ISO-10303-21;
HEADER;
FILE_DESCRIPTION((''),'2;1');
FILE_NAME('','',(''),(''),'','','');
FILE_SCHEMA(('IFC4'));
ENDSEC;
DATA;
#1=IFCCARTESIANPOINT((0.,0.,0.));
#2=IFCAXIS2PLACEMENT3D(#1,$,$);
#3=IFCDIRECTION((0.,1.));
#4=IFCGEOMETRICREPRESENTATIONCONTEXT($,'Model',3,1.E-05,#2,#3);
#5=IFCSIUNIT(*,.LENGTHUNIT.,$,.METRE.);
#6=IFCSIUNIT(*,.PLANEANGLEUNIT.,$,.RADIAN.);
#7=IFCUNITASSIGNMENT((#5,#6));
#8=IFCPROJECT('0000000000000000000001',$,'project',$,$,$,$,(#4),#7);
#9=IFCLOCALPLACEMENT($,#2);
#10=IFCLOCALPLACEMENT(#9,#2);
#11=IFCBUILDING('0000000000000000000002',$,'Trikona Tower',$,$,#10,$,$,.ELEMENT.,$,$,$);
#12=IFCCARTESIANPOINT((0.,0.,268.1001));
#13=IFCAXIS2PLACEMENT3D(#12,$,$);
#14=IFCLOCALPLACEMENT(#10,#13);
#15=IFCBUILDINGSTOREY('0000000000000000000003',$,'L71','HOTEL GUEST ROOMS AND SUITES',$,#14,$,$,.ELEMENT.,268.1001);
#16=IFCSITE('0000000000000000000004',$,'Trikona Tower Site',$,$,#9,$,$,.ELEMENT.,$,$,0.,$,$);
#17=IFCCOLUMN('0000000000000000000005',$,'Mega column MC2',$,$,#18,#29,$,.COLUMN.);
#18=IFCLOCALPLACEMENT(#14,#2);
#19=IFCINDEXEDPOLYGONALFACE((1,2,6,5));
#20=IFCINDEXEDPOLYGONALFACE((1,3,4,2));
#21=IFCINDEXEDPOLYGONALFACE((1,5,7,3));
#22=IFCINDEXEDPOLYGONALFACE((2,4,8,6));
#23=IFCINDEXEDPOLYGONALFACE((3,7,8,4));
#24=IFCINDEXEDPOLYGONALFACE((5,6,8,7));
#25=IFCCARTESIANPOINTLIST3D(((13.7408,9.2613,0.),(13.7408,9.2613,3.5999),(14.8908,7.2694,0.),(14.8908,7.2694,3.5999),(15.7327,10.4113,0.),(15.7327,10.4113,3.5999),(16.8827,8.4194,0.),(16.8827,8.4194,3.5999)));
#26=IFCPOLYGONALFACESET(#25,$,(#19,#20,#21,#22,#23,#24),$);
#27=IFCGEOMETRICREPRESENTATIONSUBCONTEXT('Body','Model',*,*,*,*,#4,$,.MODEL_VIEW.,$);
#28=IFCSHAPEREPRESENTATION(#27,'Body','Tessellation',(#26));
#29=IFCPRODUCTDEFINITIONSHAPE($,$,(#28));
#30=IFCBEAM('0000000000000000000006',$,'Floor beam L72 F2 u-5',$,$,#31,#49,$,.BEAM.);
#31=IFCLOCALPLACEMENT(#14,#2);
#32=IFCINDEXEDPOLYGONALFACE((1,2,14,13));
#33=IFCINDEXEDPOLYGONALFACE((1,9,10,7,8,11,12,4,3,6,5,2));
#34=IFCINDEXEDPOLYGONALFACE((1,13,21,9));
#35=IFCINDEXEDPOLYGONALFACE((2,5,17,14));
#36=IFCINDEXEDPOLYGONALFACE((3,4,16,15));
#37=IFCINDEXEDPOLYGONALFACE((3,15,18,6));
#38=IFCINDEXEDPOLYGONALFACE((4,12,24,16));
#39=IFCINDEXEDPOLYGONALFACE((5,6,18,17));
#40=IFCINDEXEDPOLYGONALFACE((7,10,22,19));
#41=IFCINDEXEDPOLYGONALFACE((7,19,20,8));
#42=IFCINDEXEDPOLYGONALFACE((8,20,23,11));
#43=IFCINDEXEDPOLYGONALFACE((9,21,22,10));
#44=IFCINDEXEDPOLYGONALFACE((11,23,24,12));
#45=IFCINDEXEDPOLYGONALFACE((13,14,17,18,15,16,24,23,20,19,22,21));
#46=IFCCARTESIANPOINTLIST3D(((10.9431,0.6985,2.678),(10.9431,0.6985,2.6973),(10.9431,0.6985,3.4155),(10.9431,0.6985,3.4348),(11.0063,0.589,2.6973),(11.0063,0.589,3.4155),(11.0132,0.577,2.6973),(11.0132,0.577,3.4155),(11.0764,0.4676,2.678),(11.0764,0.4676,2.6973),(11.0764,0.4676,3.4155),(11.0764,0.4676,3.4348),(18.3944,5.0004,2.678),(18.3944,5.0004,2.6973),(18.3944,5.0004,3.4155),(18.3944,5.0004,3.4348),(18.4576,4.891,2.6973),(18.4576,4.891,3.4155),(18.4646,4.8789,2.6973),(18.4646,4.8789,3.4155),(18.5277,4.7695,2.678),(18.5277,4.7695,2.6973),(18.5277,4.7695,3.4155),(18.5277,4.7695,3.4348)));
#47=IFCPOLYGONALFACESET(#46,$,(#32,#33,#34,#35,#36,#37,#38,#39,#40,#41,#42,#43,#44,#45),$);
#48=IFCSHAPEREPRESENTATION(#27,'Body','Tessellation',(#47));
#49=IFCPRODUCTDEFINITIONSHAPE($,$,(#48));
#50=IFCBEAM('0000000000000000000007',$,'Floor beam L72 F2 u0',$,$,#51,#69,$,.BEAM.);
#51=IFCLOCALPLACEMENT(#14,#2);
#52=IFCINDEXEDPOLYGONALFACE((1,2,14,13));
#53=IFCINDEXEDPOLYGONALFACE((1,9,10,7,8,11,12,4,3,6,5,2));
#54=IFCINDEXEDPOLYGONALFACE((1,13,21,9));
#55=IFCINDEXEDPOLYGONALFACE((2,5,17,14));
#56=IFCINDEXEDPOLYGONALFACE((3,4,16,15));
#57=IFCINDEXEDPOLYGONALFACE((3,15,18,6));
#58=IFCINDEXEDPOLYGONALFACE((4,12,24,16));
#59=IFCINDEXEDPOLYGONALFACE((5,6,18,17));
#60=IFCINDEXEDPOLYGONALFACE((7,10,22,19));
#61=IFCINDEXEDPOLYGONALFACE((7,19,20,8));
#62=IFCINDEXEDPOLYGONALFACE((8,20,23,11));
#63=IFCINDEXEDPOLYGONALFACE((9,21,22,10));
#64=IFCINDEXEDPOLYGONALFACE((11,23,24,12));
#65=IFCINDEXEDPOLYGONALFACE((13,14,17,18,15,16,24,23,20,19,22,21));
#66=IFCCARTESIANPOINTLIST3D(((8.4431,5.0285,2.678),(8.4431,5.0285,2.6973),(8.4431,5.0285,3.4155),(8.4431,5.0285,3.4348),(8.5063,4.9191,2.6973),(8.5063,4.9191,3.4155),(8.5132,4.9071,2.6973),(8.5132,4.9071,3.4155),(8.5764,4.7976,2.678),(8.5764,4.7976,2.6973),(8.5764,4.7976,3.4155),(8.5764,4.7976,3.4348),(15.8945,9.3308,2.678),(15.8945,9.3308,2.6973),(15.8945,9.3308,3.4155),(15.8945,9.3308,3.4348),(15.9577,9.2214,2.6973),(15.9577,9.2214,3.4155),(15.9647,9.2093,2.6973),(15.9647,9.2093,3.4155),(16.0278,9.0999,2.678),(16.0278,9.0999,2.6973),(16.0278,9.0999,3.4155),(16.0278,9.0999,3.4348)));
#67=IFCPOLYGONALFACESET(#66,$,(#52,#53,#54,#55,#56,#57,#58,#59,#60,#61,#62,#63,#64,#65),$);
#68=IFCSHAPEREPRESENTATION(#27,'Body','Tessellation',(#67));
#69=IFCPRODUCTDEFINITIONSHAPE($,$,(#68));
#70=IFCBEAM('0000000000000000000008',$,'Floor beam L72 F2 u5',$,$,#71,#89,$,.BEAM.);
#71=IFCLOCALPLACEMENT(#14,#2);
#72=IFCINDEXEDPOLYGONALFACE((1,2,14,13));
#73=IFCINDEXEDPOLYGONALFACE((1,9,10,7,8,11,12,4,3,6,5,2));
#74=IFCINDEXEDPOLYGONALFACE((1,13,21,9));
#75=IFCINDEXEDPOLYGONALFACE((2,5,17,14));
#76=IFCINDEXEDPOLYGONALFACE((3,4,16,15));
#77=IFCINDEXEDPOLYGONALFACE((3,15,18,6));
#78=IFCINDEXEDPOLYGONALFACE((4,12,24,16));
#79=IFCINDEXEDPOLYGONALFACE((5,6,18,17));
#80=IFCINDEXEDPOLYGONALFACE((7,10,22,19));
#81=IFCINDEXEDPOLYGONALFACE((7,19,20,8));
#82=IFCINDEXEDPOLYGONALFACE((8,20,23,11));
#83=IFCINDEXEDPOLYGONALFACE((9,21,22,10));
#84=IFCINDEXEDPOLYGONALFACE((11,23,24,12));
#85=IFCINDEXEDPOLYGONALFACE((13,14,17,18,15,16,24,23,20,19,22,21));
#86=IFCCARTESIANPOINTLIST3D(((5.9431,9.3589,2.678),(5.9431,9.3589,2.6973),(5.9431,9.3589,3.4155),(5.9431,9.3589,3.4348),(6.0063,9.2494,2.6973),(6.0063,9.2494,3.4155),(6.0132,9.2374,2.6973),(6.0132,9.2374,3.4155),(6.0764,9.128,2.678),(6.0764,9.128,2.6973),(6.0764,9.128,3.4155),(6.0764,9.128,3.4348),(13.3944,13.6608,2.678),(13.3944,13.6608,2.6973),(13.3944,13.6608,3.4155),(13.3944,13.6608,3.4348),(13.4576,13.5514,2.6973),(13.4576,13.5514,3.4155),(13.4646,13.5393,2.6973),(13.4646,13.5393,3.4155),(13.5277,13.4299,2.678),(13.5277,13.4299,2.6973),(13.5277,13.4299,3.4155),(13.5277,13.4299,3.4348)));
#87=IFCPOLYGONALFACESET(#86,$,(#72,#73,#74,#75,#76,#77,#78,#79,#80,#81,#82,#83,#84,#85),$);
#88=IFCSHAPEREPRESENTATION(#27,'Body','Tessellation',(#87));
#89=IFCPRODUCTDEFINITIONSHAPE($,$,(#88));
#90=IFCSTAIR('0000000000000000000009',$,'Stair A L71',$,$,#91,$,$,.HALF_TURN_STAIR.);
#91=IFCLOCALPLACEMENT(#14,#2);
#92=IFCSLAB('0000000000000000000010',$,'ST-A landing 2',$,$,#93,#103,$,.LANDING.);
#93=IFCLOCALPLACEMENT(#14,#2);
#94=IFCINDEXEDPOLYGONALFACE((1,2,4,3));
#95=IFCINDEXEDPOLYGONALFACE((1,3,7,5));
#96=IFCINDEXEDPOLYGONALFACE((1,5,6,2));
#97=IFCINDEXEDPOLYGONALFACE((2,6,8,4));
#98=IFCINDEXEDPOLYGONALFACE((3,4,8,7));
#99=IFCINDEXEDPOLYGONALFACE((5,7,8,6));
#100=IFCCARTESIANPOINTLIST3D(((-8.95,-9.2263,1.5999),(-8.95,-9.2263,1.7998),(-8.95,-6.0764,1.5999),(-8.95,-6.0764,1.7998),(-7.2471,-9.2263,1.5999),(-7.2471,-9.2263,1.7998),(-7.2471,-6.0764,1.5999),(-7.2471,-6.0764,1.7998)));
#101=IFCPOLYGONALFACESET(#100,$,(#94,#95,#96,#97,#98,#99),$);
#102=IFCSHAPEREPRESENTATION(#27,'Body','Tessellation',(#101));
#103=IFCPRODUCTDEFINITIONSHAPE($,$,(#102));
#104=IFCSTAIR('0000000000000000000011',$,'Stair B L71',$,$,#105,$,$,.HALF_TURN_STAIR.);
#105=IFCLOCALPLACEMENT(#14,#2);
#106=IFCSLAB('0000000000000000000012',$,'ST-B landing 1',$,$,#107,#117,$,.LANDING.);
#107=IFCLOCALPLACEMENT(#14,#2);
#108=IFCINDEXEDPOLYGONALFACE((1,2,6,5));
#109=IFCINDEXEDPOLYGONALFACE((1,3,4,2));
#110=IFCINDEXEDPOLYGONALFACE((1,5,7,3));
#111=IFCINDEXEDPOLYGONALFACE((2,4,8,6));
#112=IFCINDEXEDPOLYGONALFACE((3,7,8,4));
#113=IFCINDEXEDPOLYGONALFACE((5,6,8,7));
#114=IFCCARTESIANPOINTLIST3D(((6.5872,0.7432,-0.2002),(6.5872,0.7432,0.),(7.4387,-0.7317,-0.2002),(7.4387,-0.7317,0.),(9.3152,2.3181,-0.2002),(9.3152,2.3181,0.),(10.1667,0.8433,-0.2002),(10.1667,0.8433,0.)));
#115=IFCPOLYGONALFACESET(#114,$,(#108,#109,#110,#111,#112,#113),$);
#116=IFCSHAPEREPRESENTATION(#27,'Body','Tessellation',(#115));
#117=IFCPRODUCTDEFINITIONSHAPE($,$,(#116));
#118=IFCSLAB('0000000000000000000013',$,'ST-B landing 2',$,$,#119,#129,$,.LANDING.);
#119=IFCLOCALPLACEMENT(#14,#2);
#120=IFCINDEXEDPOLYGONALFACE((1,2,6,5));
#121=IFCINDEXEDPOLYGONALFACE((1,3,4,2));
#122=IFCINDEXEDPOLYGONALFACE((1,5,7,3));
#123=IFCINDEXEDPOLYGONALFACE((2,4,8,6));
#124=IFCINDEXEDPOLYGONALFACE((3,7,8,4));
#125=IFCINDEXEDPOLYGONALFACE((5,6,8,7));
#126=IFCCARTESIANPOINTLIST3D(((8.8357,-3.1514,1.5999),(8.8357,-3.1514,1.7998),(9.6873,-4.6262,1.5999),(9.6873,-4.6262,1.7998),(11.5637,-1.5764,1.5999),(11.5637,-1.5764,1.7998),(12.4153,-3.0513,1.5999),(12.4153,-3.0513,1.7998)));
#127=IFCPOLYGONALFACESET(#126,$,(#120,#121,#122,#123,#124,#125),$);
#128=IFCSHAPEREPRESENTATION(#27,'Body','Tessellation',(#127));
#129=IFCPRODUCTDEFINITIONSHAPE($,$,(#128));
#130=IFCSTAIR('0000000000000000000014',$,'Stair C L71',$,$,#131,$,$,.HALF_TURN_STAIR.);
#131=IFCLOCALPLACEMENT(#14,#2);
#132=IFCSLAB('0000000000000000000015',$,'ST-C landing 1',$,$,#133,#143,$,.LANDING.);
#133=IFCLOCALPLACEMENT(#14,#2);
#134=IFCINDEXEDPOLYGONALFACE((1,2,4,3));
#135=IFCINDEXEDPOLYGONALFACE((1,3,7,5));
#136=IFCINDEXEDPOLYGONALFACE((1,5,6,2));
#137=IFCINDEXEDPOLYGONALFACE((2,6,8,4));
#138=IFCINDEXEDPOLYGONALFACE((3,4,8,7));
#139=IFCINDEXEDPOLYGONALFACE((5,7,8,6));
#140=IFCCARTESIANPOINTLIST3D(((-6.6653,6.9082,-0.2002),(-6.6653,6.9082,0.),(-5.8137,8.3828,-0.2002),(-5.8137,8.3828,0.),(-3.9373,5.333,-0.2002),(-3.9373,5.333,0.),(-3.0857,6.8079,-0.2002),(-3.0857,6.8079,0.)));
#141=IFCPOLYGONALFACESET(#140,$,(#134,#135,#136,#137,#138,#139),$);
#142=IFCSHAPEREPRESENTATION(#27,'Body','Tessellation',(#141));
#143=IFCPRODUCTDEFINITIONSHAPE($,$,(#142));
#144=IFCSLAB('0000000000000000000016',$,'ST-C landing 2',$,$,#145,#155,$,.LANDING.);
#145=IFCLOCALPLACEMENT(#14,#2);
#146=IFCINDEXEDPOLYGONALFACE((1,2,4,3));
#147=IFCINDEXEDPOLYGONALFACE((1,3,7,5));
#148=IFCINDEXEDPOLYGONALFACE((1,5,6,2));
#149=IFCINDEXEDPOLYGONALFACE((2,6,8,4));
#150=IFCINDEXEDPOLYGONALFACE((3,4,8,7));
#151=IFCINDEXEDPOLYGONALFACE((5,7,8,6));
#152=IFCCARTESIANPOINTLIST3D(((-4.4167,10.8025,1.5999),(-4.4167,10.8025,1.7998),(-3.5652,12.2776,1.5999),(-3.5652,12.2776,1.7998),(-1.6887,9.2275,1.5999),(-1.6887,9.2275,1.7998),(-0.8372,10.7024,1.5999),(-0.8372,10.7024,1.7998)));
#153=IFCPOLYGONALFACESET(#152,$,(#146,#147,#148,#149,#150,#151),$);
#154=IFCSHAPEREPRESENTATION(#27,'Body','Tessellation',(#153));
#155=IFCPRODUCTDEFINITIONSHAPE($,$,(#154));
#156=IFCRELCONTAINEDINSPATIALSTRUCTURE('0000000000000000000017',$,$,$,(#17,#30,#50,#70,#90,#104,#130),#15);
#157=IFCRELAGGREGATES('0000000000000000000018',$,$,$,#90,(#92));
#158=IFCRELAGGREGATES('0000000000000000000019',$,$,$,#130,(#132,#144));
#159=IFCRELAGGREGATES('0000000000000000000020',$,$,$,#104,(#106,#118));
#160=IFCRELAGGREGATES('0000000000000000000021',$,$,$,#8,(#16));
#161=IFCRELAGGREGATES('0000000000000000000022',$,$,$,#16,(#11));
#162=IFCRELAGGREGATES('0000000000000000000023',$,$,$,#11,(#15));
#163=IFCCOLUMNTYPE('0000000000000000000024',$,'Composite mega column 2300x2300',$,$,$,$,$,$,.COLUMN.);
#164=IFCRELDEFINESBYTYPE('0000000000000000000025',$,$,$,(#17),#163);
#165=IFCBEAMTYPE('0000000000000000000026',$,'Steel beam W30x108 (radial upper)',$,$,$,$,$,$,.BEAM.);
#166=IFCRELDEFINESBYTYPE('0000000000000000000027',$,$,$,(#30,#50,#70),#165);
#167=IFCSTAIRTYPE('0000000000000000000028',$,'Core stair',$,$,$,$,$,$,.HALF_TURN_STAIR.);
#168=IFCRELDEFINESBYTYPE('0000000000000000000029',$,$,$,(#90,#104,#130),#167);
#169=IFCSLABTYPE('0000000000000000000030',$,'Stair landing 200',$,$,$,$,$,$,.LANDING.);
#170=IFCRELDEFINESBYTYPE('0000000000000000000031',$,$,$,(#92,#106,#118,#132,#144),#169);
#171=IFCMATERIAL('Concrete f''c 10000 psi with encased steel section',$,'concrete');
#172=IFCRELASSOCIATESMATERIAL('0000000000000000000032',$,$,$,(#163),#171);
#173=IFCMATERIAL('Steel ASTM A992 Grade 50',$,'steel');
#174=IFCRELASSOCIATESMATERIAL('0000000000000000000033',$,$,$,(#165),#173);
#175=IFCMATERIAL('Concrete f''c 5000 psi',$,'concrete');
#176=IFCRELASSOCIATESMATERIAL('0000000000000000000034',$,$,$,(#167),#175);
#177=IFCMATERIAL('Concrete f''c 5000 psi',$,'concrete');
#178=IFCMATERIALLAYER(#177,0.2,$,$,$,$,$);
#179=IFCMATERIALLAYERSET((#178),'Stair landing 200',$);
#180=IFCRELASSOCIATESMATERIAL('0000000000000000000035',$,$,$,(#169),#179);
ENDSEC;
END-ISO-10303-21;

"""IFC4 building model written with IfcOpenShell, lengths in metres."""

from ifc_helpers import new_model, si_unit, direction, frame, origin, origin_2d, place, context, subcontext, project, spatial, polyline, rectangle, i_section, outline, extrude, material, layer, layer_set, material_profile, profile_set, type_object, element, aggregate, save


model = new_model("IFC4")

# Units and contexts
model_context = context("Model", 3, precision=1e-05, world=origin(), true_north=direction((0.0, 1.0)))
body_context = subcontext(model_context, "Body", "Model", "MODEL_VIEW")
ifc_project = project(units=[si_unit("LENGTHUNIT", "METRE"), si_unit("PLANEANGLEUNIT", "RADIAN")], contexts=[model_context])

# Site, building, storey
site_placement = place(None, origin())
site = spatial("IfcSite", under=ifc_project, at=site_placement, Name="Trikona Tower Site", CompositionType="ELEMENT", RefElevation=0.0)
building_placement = place(site_placement, origin())
building = spatial("IfcBuilding", under=site, at=building_placement, Name="Trikona Tower", CompositionType="ELEMENT")
storey_placement = place(building_placement, frame((0.0, 0.0, 268.1001)))
storey = spatial("IfcBuildingStorey", under=building, at=storey_placement, Name="L71", Description="HOTEL GUEST ROOMS AND SUITES", CompositionType="ELEMENT", Elevation=268.1001)

# Column
ifc_material_1 = material(Name="Concrete f'c 10000 psi with encased steel section", Category="concrete")
ifc_material_profile_1 = material_profile(ifc_material_1, rectangle(XDim=2.3, YDim=2.3, at=origin_2d()), Name="MC2300")
ifc_profile_set_1 = profile_set([ifc_material_profile_1], Name="Concrete f'c 10000 psi with encased steel section")
column_type = type_object("IfcColumnType", Name="Composite mega column 2300x2300", PredefinedType="COLUMN", material=ifc_profile_set_1)
column_placement = place(storey_placement, frame((15.3118, 8.8403, 0.0), z_axis=(0.0, 0.0, 1.0), x_axis=(0.866025, 0.5, 0.0)))
element("IfcColumn", 1, at=column_placement, inside=storey, type_object=column_type, Name="Mega column MC2", PredefinedType="COLUMN", context=body_context, shape_type="SweptSolid", body=[
    extrude(rectangle(XDim=2.3, YDim=2.3, at=origin_2d()), origin(), (0.0, 0.0, 1.0), 3.5999),
])

# Beams
ifc_material_2 = material(Name="Steel ASTM A992 Grade 50", Category="steel")
ifc_material_profile_2 = material_profile(ifc_material_2, i_section(OverallWidth=0.2666, OverallDepth=0.7568, WebThickness=0.0139, FlangeThickness=0.0193, at=origin_2d()), Name="W30X108")
ifc_profile_set_2 = profile_set([ifc_material_profile_2], Name="Steel ASTM A992 Grade 50")
beam_type = type_object("IfcBeamType", Name="Steel beam W30x108 (radial upper)", PredefinedType="BEAM", material=ifc_profile_set_2)
beam_1_placement = place(storey_placement, frame((11.0098, 0.583, 3.0564), z_axis=(0.866029, 0.499993, 0.0), x_axis=(-0.499993, 0.866029, 0.0)))
element("IfcBeam", 2, at=beam_1_placement, inside=storey, type_object=beam_type, Name="Floor beam L72 F2 u-5", PredefinedType="BEAM", context=body_context, shape_type="SweptSolid", body=[
    extrude(i_section(OverallWidth=0.2666, OverallDepth=0.7568, WebThickness=0.0139, FlangeThickness=0.0193, at=origin_2d()), origin(), (0.0, 0.0, 1.0), 8.604),
])
beam_2_placement = place(storey_placement, frame((8.5098, 4.9131, 3.0564), z_axis=(0.866017, 0.500015, 0.0), x_axis=(-0.500015, 0.866017, 0.0)))
element("IfcBeam", 3, at=beam_2_placement, inside=storey, type_object=beam_type, Name="Floor beam L72 F2 u0", PredefinedType="BEAM", context=body_context, shape_type="SweptSolid", body=[
    extrude(i_section(OverallWidth=0.2666, OverallDepth=0.7568, WebThickness=0.0139, FlangeThickness=0.0193, at=origin_2d()), origin(), (0.0, 0.0, 1.0), 8.6042),
])
beam_3_placement = place(storey_placement, frame((6.0098, 9.2434, 3.0564), z_axis=(0.866029, 0.499993, 0.0), x_axis=(-0.499993, 0.866029, 0.0)))
element("IfcBeam", 4, at=beam_3_placement, inside=storey, type_object=beam_type, Name="Floor beam L72 F2 u5", PredefinedType="BEAM", context=body_context, shape_type="SweptSolid", body=[
    extrude(i_section(OverallWidth=0.2666, OverallDepth=0.7568, WebThickness=0.0139, FlangeThickness=0.0193, at=origin_2d()), origin(), (0.0, 0.0, 1.0), 8.604),
])

# Stair, slab
ifc_material_3 = material(Name="Concrete f'c 5000 psi", Category="concrete")
stair_type = type_object("IfcStairType", Name="Core stair", PredefinedType="HALF_TURN_STAIR", material=ifc_material_3)
stair_1_placement = place(storey_placement, origin())
stair_1 = element("IfcStair", 5, at=stair_1_placement, inside=storey, type_object=stair_type, Name="Stair A L71", PredefinedType="HALF_TURN_STAIR")
ifc_material_4 = material(Name="Concrete f'c 5000 psi", Category="concrete")
ifc_layer_1 = layer(ifc_material_4, 0.2)
ifc_layer_set_1 = layer_set([ifc_layer_1], Name="Stair landing 200")
slab_type = type_object("IfcSlabType", Name="Stair landing 200", PredefinedType="LANDING", material=ifc_layer_set_1)
slab_1_placement = place(storey_placement, frame((0.0, 0.0, 1.5999)))
slab_1 = element("IfcSlab", 6, at=slab_1_placement, type_object=slab_type, Name="ST-A landing 2", PredefinedType="LANDING", context=body_context, shape_type="SweptSolid", body=[
    extrude(outline(polyline([(-8.95, -6.0764), (-7.2471, -6.0764), (-7.2471, -9.2263), (-8.95, -9.2263), (-8.95, -6.0764)])), origin(), (0.0, 0.0, 1.0), 0.2),
])
aggregate(stair_1, [slab_1])

# Stairs, slabs
stair_2_placement = place(storey_placement, origin())
stair_2 = element("IfcStair", 7, at=stair_2_placement, inside=storey, type_object=stair_type, Name="Stair B L71", PredefinedType="HALF_TURN_STAIR")
slab_2_placement = place(storey_placement, frame((0.0, 0.0, -0.2002)))
slab_2 = element("IfcSlab", 8, at=slab_2_placement, type_object=slab_type, Name="ST-B landing 1", PredefinedType="LANDING", context=body_context, shape_type="SweptSolid", body=[
    extrude(outline(polyline([(7.4387, -0.7317), (6.5872, 0.7432), (9.3152, 2.3181), (10.1667, 0.8433), (7.4387, -0.7317)])), origin(), (0.0, 0.0, 1.0), 0.2002),
])
slab_3_placement = place(storey_placement, frame((0.0, 0.0, 1.5999)))
slab_3 = element("IfcSlab", 9, at=slab_3_placement, type_object=slab_type, Name="ST-B landing 2", PredefinedType="LANDING", context=body_context, shape_type="SweptSolid", body=[
    extrude(outline(polyline([(9.6873, -4.6262), (8.8357, -3.1514), (11.5637, -1.5764), (12.4153, -3.0513), (9.6873, -4.6262)])), origin(), (0.0, 0.0, 1.0), 0.2),
])
stair_3_placement = place(storey_placement, origin())
stair_3 = element("IfcStair", 10, at=stair_3_placement, inside=storey, type_object=stair_type, Name="Stair C L71", PredefinedType="HALF_TURN_STAIR")
slab_4_placement = place(storey_placement, frame((0.0, 0.0, -0.2002)))
slab_4 = element("IfcSlab", 11, at=slab_4_placement, type_object=slab_type, Name="ST-C landing 1", PredefinedType="LANDING", context=body_context, shape_type="SweptSolid", body=[
    extrude(outline(polyline([(-3.0857, 6.8079), (-3.9373, 5.333), (-6.6653, 6.9082), (-5.8137, 8.3828), (-3.0857, 6.8079)])), origin(), (0.0, 0.0, 1.0), 0.2002),
])
slab_5_placement = place(storey_placement, frame((0.0, 0.0, 1.5999)))
slab_5 = element("IfcSlab", 12, at=slab_5_placement, type_object=slab_type, Name="ST-C landing 2", PredefinedType="LANDING", context=body_context, shape_type="SweptSolid", body=[
    extrude(outline(polyline([(-0.8372, 10.7024), (-1.6887, 9.2275), (-4.4167, 10.8025), (-3.5652, 12.2776), (-0.8372, 10.7024)])), origin(), (0.0, 0.0, 1.0), 0.2),
])
aggregate(stair_3, [slab_4, slab_5])

aggregate(stair_2, [slab_2, slab_3])

save(model, "model.ifc")
